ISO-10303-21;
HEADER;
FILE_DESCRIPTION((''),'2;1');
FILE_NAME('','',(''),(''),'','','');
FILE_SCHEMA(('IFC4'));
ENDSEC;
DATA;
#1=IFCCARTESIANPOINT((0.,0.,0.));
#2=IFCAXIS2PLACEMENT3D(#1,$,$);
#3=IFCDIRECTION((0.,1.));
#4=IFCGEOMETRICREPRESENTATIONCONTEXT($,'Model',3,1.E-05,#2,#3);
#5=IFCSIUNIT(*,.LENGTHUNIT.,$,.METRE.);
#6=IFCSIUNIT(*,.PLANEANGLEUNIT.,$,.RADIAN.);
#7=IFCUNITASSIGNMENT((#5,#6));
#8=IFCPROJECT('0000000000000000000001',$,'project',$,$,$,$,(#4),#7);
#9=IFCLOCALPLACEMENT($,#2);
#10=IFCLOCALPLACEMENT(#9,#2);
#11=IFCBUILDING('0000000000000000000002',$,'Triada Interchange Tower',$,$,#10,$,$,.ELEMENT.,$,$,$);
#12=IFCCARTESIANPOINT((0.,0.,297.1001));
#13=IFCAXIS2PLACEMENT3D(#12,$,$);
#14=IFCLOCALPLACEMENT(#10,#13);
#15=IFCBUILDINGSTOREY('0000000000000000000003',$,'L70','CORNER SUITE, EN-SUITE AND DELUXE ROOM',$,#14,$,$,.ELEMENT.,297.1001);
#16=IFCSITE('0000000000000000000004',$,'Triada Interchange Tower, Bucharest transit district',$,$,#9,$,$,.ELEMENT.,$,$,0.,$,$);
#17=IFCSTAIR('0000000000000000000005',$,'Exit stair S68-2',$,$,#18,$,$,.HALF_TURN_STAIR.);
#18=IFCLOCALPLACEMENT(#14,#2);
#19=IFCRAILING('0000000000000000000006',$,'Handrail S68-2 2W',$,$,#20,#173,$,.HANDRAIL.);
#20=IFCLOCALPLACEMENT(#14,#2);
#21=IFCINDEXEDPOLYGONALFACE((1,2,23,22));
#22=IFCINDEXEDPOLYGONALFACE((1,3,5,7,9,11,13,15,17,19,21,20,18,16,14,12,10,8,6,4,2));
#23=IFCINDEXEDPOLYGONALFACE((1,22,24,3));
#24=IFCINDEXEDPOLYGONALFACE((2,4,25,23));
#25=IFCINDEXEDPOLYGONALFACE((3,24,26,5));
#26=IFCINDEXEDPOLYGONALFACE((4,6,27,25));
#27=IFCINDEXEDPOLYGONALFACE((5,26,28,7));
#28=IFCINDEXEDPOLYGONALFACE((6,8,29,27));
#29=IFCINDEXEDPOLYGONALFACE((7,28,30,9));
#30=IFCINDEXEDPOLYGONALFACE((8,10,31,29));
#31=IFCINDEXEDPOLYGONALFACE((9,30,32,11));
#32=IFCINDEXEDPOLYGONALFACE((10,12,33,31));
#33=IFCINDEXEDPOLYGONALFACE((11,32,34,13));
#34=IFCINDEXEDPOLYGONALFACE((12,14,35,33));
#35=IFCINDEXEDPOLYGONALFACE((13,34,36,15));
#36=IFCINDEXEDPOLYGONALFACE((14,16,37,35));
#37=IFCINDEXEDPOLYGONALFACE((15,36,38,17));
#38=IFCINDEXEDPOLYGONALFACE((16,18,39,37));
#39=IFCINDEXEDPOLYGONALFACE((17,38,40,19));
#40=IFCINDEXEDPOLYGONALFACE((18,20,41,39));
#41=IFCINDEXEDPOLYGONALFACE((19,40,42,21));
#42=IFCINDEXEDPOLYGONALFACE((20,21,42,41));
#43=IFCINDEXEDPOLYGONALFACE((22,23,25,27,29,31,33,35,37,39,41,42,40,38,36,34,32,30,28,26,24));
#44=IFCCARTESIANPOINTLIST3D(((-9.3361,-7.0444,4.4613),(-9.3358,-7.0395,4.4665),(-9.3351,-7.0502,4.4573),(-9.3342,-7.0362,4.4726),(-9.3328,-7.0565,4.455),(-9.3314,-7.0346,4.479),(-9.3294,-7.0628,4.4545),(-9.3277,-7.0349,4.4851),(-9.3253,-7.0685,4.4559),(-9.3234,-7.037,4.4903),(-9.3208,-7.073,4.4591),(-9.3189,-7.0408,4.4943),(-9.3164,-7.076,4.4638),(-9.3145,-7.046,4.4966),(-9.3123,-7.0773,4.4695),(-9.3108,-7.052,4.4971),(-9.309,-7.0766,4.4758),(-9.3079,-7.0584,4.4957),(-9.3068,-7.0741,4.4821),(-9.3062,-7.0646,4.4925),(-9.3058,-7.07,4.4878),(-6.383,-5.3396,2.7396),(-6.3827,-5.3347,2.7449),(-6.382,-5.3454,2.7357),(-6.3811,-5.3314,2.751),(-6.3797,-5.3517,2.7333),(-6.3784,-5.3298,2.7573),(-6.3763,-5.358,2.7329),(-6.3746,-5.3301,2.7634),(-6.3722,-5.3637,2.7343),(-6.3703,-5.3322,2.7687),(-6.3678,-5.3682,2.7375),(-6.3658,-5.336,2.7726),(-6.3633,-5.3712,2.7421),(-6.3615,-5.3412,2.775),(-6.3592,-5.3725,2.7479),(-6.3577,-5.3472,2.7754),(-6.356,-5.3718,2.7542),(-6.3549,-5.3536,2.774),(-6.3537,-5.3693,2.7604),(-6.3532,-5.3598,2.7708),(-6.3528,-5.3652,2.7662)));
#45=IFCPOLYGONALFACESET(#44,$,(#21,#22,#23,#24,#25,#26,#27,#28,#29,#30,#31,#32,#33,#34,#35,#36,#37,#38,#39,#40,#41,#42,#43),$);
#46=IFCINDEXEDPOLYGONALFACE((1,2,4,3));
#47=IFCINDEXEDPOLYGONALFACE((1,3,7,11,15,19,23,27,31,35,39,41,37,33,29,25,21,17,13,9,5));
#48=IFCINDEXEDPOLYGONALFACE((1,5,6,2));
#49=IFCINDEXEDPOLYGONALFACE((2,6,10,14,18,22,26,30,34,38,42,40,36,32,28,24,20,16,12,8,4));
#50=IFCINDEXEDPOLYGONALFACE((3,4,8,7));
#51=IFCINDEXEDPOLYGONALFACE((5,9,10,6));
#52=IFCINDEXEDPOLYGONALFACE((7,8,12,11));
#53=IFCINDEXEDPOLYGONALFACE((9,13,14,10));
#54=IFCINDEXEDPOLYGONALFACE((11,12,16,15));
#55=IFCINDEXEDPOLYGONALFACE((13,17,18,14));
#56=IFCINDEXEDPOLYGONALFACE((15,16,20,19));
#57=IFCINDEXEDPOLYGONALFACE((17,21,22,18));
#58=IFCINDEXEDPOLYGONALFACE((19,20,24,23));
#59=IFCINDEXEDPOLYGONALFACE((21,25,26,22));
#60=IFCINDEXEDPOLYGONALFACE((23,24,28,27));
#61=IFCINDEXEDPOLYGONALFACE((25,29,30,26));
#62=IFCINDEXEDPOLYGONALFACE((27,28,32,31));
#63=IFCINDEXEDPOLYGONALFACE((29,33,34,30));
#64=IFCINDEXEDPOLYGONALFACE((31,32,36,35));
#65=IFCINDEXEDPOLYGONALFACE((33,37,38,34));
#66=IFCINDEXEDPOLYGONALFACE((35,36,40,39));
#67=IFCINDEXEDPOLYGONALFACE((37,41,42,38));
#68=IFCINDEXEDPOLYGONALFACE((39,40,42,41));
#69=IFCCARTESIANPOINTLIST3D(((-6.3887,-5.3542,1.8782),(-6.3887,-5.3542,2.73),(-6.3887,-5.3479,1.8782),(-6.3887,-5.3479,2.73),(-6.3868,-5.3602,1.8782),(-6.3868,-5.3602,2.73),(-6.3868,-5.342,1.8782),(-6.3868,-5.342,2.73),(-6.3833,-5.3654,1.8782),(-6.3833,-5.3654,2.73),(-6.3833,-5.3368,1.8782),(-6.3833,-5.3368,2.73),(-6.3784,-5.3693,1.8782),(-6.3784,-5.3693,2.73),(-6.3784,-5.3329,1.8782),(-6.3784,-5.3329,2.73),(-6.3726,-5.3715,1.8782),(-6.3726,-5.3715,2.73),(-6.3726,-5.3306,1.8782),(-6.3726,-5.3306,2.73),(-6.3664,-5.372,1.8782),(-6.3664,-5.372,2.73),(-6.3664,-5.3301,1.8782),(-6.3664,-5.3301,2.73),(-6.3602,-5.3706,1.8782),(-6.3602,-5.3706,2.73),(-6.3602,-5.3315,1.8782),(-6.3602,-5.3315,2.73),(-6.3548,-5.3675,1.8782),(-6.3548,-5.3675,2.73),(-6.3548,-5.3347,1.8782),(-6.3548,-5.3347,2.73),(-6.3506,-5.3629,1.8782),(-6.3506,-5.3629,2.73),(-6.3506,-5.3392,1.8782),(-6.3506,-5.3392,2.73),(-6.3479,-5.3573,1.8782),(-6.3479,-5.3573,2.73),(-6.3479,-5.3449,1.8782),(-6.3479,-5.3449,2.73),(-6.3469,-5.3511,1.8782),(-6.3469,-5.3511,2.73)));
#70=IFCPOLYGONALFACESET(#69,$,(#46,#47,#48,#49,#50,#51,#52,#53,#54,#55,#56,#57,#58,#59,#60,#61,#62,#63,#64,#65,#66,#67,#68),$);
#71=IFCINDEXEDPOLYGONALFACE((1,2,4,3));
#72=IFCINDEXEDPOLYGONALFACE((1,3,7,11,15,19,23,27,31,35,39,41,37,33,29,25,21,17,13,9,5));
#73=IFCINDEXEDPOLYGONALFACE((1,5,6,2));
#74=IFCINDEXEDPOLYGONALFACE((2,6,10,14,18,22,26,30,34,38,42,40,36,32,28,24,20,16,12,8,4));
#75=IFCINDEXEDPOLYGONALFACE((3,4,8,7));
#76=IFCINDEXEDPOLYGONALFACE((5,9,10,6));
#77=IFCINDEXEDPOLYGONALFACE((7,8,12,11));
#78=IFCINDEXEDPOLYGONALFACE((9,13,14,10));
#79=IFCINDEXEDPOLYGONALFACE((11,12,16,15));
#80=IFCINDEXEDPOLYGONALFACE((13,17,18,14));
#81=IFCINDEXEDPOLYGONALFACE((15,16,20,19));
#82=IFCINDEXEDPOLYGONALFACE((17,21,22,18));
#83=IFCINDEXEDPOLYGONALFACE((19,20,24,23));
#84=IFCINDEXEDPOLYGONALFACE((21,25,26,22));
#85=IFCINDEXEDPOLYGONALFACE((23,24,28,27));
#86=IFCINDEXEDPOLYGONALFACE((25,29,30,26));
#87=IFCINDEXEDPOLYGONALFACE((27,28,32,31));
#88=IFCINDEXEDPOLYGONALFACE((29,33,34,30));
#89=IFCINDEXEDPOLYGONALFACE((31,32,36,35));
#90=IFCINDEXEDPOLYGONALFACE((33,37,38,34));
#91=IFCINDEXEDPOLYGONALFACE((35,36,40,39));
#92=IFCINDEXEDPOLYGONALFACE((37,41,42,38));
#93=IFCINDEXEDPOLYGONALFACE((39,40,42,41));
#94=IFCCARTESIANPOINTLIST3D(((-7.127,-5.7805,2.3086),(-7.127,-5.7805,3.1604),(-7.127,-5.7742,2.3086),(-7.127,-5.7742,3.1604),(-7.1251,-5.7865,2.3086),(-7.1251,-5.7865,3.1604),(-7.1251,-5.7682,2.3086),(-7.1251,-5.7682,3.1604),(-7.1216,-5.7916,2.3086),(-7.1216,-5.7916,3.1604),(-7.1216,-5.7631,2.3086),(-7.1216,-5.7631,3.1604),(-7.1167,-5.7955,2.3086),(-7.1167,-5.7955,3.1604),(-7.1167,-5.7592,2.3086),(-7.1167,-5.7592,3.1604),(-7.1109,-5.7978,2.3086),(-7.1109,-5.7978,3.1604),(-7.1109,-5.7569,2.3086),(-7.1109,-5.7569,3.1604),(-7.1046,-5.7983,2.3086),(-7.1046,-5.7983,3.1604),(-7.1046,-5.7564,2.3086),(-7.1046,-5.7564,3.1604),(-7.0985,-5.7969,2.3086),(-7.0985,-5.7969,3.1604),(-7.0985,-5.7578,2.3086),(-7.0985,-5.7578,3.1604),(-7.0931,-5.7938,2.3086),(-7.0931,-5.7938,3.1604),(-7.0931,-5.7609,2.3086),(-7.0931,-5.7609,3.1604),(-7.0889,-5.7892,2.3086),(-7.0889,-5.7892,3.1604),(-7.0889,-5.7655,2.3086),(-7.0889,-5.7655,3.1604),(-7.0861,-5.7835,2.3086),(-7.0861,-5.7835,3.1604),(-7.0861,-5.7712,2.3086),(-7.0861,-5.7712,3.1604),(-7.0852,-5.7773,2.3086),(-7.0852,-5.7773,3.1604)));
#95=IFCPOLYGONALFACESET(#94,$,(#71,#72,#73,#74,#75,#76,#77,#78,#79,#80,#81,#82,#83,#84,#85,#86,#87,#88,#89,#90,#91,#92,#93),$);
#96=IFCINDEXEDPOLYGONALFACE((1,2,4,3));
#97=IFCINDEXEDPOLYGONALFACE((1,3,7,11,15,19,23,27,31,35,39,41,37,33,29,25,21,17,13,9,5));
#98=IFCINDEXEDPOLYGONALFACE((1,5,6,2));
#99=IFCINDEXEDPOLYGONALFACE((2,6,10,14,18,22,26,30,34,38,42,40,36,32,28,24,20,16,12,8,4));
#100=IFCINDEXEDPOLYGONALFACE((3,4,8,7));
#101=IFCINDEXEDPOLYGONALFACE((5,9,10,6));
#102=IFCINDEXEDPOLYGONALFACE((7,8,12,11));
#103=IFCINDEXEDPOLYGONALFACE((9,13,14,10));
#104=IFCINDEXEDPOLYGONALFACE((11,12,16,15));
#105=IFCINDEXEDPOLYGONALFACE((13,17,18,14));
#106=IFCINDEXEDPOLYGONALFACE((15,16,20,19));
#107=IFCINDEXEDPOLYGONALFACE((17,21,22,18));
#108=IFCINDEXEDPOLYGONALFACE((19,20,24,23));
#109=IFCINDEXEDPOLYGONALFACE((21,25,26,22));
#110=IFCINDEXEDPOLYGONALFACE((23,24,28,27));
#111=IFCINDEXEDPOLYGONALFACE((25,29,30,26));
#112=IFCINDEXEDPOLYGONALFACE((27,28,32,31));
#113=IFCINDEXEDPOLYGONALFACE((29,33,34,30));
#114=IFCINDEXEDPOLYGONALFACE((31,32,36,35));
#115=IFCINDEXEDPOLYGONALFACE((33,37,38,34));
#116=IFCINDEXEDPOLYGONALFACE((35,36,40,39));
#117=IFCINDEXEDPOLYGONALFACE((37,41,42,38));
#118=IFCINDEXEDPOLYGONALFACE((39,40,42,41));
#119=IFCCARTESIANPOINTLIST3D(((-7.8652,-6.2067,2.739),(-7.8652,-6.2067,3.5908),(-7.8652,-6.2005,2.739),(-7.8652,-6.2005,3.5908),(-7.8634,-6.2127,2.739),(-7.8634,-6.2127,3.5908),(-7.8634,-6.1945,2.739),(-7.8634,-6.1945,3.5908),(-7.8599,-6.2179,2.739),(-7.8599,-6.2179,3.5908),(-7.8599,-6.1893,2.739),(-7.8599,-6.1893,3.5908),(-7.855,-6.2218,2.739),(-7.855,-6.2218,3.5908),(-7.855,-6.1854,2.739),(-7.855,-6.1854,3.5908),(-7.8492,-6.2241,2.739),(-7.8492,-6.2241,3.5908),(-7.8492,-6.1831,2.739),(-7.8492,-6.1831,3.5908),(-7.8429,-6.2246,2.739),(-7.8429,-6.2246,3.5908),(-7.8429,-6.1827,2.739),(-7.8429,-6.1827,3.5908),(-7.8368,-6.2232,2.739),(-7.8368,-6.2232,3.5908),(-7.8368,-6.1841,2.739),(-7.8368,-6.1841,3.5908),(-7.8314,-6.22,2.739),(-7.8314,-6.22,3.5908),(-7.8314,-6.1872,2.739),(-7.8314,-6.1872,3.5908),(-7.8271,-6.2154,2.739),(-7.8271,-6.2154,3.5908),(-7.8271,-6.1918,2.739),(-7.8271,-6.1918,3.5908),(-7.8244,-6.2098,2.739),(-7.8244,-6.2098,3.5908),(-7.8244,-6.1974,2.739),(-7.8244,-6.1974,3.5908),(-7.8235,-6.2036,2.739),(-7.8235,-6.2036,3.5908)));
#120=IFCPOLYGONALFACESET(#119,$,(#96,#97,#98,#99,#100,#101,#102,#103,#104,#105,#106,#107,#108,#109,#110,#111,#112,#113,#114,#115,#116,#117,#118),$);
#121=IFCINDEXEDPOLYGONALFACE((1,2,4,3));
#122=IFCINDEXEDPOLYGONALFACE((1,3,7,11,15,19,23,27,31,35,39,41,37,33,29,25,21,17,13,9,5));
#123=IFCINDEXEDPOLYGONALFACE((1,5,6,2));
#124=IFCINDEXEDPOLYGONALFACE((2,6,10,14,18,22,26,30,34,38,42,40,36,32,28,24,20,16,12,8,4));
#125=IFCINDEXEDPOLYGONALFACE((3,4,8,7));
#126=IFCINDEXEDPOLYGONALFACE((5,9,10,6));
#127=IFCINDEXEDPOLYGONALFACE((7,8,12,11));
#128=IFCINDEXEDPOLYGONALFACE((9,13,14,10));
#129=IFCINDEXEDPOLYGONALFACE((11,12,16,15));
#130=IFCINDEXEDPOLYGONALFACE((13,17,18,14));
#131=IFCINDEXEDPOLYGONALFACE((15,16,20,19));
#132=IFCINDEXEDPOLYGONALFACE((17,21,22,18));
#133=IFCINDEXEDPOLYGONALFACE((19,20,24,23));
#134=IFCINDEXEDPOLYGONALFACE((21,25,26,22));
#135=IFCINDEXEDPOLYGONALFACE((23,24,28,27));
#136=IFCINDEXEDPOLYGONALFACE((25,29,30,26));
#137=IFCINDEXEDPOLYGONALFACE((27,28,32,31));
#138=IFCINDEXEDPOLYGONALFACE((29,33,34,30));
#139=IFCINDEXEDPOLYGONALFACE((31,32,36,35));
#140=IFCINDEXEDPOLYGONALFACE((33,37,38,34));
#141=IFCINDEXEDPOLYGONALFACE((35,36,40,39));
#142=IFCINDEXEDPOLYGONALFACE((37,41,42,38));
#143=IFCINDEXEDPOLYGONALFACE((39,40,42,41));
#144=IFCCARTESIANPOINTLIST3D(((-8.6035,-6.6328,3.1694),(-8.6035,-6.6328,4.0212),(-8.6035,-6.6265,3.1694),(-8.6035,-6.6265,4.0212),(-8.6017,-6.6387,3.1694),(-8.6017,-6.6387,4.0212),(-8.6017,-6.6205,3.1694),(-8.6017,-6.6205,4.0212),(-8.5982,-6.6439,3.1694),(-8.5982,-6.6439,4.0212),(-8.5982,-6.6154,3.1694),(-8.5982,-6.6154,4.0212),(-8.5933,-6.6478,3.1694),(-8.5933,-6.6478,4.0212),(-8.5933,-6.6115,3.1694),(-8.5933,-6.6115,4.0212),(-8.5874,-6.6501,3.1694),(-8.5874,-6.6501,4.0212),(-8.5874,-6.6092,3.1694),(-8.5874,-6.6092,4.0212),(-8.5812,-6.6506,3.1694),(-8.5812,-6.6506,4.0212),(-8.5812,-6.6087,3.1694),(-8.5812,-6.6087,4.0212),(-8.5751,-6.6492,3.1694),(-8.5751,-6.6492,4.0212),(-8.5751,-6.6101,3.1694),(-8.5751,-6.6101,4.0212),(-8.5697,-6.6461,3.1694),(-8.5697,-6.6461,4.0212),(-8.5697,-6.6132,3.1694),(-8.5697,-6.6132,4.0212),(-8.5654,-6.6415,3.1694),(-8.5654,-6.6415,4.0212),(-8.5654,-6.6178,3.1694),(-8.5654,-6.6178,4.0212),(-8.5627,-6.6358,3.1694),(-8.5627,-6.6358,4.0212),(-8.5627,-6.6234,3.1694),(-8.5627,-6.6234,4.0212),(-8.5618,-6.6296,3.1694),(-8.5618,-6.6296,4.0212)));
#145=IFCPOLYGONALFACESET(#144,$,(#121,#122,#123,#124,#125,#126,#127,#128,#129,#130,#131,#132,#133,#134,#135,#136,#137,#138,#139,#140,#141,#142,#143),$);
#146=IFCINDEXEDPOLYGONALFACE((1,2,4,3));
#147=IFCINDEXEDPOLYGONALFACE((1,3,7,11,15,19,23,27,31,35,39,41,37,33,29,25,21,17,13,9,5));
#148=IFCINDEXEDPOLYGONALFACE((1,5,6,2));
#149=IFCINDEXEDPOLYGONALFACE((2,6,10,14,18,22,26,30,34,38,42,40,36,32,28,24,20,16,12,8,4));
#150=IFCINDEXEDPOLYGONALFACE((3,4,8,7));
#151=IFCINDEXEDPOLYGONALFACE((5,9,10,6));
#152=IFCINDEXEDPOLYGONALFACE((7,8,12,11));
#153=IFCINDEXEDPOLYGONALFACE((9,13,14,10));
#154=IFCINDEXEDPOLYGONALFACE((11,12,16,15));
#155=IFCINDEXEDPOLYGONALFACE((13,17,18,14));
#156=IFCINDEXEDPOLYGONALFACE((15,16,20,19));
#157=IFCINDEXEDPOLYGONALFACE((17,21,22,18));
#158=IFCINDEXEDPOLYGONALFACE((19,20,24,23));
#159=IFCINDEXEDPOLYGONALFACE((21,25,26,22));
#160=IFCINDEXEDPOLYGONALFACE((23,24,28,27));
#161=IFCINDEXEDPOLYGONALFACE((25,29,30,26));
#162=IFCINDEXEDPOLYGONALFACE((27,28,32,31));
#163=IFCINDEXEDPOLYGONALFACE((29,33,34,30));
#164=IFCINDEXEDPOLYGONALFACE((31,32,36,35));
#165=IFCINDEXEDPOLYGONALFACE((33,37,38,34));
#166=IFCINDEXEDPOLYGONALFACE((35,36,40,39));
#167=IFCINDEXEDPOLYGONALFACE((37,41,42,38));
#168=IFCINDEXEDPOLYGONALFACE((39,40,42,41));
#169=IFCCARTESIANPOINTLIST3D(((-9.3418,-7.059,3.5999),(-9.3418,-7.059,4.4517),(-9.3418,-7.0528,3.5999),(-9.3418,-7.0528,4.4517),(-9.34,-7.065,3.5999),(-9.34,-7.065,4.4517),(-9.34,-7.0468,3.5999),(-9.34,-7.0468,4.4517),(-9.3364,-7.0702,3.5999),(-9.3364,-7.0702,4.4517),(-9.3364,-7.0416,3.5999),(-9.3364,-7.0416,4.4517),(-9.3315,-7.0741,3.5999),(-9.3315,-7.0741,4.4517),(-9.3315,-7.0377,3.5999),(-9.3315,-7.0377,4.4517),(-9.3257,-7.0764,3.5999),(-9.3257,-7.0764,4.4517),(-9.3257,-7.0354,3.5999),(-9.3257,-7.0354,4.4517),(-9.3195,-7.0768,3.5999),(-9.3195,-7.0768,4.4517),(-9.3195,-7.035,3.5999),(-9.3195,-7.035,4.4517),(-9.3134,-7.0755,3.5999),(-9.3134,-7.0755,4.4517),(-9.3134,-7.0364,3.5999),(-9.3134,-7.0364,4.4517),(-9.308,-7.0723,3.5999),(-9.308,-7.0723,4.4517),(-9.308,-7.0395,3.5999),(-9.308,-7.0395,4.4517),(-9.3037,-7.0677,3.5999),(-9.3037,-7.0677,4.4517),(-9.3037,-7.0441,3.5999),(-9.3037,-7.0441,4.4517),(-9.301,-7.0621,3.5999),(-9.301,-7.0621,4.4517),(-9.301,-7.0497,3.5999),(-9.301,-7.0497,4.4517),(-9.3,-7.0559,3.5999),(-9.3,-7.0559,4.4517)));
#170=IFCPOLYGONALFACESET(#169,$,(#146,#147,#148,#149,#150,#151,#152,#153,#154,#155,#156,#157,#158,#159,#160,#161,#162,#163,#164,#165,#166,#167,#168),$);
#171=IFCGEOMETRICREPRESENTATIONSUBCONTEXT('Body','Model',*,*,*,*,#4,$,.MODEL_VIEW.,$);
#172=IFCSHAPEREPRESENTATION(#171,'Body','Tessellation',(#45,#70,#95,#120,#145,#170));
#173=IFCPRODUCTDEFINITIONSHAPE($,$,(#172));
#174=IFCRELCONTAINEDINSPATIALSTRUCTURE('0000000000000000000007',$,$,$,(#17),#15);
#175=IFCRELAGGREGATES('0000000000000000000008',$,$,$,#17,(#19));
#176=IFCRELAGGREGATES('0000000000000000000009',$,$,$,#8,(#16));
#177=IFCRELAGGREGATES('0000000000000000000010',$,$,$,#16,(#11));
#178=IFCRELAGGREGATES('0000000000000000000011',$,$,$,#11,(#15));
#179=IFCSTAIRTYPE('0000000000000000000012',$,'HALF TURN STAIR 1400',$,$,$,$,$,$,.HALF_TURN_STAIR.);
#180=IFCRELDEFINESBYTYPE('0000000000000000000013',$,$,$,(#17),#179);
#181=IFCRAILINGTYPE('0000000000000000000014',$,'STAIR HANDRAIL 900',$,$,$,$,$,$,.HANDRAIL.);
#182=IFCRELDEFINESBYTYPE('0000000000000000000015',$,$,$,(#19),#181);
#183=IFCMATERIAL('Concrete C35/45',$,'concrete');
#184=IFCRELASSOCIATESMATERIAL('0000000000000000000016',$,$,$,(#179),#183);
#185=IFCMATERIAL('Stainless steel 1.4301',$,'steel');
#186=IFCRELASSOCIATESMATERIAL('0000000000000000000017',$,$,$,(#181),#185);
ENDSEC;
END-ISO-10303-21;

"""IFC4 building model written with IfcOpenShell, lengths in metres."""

from ifc_helpers import new_model, si_unit, direction, frame, origin, origin_2d, place, context, subcontext, project, spatial, circle, extrude, material, type_object, element, aggregate, save


model = new_model("IFC4")

# Units and contexts
model_context = context("Model", 3, precision=1e-05, world=origin(), true_north=direction((0.0, 1.0)))
body_context = subcontext(model_context, "Body", "Model", "MODEL_VIEW")
ifc_project = project(units=[si_unit("LENGTHUNIT", "METRE"), si_unit("PLANEANGLEUNIT", "RADIAN")], contexts=[model_context])

# Site, building, storey
site_placement = place(None, origin())
site = spatial("IfcSite", under=ifc_project, at=site_placement, Name="Triada Interchange Tower, Bucharest transit district", CompositionType="ELEMENT", RefElevation=0.0)
building_placement = place(site_placement, origin())
building = spatial("IfcBuilding", under=site, at=building_placement, Name="Triada Interchange Tower", CompositionType="ELEMENT")
storey_placement = place(building_placement, frame((0.0, 0.0, 297.1001)))
storey = spatial("IfcBuildingStorey", under=building, at=storey_placement, Name="L70", Description="CORNER SUITE, EN-SUITE AND DELUXE ROOM", CompositionType="ELEMENT", Elevation=297.1001)

# Stair, railing
ifc_material_1 = material(Name="Concrete C35/45", Category="concrete")
stair_type = type_object("IfcStairType", Name="HALF TURN STAIR 1400", PredefinedType="HALF_TURN_STAIR", material=ifc_material_1)
stair_placement = place(storey_placement, origin())
stair = element("IfcStair", 1, at=stair_placement, inside=storey, type_object=stair_type, Name="Exit stair S68-2", PredefinedType="HALF_TURN_STAIR")
ifc_material_2 = material(Name="Stainless steel 1.4301", Category="steel")
railing_type = type_object("IfcRailingType", Name="STAIR HANDRAIL 900", PredefinedType="HANDRAIL", material=ifc_material_2)
railing_1_placement = place(storey_placement, frame((-6.3679, -5.3511, 1.8782)))
railing_1 = element("IfcRailing", 2, at=railing_1_placement, type_object=railing_type, Name="Handrail S68-2 2W", PredefinedType="HANDRAIL", context=body_context, shape_type="SweptSolid", body=[
    extrude(circle(Radius=0.0239, at=origin_2d()), frame((0.0, 0.0, 0.876), z_axis=(-0.773091, -0.446304, 0.450714), x_axis=(0.499966, -0.866045, 0.0)), (0.0, 0.0, 1.0), 3.8198),
    extrude(circle(Radius=0.021, at=origin_2d()), origin(), (0.0, 0.0, 1.0), 0.8518),
    extrude(circle(Radius=0.021, at=origin_2d()), frame((-0.7383, -0.4263, 0.4304)), (0.0, 0.0, 1.0), 0.8518),
    extrude(circle(Radius=0.021, at=origin_2d()), frame((-1.4766, -0.8525, 0.8608)), (0.0, 0.0, 1.0), 0.8518),
    extrude(circle(Radius=0.021, at=origin_2d()), frame((-2.2148, -1.2786, 1.2913)), (0.0, 0.0, 1.0), 0.8518),
    extrude(circle(Radius=0.021, at=origin_2d()), frame((-2.9531, -1.7048, 1.7217)), (0.0, 0.0, 1.0), 0.8518),
])
aggregate(stair, [railing_1])

save(model, "model.ifc")
